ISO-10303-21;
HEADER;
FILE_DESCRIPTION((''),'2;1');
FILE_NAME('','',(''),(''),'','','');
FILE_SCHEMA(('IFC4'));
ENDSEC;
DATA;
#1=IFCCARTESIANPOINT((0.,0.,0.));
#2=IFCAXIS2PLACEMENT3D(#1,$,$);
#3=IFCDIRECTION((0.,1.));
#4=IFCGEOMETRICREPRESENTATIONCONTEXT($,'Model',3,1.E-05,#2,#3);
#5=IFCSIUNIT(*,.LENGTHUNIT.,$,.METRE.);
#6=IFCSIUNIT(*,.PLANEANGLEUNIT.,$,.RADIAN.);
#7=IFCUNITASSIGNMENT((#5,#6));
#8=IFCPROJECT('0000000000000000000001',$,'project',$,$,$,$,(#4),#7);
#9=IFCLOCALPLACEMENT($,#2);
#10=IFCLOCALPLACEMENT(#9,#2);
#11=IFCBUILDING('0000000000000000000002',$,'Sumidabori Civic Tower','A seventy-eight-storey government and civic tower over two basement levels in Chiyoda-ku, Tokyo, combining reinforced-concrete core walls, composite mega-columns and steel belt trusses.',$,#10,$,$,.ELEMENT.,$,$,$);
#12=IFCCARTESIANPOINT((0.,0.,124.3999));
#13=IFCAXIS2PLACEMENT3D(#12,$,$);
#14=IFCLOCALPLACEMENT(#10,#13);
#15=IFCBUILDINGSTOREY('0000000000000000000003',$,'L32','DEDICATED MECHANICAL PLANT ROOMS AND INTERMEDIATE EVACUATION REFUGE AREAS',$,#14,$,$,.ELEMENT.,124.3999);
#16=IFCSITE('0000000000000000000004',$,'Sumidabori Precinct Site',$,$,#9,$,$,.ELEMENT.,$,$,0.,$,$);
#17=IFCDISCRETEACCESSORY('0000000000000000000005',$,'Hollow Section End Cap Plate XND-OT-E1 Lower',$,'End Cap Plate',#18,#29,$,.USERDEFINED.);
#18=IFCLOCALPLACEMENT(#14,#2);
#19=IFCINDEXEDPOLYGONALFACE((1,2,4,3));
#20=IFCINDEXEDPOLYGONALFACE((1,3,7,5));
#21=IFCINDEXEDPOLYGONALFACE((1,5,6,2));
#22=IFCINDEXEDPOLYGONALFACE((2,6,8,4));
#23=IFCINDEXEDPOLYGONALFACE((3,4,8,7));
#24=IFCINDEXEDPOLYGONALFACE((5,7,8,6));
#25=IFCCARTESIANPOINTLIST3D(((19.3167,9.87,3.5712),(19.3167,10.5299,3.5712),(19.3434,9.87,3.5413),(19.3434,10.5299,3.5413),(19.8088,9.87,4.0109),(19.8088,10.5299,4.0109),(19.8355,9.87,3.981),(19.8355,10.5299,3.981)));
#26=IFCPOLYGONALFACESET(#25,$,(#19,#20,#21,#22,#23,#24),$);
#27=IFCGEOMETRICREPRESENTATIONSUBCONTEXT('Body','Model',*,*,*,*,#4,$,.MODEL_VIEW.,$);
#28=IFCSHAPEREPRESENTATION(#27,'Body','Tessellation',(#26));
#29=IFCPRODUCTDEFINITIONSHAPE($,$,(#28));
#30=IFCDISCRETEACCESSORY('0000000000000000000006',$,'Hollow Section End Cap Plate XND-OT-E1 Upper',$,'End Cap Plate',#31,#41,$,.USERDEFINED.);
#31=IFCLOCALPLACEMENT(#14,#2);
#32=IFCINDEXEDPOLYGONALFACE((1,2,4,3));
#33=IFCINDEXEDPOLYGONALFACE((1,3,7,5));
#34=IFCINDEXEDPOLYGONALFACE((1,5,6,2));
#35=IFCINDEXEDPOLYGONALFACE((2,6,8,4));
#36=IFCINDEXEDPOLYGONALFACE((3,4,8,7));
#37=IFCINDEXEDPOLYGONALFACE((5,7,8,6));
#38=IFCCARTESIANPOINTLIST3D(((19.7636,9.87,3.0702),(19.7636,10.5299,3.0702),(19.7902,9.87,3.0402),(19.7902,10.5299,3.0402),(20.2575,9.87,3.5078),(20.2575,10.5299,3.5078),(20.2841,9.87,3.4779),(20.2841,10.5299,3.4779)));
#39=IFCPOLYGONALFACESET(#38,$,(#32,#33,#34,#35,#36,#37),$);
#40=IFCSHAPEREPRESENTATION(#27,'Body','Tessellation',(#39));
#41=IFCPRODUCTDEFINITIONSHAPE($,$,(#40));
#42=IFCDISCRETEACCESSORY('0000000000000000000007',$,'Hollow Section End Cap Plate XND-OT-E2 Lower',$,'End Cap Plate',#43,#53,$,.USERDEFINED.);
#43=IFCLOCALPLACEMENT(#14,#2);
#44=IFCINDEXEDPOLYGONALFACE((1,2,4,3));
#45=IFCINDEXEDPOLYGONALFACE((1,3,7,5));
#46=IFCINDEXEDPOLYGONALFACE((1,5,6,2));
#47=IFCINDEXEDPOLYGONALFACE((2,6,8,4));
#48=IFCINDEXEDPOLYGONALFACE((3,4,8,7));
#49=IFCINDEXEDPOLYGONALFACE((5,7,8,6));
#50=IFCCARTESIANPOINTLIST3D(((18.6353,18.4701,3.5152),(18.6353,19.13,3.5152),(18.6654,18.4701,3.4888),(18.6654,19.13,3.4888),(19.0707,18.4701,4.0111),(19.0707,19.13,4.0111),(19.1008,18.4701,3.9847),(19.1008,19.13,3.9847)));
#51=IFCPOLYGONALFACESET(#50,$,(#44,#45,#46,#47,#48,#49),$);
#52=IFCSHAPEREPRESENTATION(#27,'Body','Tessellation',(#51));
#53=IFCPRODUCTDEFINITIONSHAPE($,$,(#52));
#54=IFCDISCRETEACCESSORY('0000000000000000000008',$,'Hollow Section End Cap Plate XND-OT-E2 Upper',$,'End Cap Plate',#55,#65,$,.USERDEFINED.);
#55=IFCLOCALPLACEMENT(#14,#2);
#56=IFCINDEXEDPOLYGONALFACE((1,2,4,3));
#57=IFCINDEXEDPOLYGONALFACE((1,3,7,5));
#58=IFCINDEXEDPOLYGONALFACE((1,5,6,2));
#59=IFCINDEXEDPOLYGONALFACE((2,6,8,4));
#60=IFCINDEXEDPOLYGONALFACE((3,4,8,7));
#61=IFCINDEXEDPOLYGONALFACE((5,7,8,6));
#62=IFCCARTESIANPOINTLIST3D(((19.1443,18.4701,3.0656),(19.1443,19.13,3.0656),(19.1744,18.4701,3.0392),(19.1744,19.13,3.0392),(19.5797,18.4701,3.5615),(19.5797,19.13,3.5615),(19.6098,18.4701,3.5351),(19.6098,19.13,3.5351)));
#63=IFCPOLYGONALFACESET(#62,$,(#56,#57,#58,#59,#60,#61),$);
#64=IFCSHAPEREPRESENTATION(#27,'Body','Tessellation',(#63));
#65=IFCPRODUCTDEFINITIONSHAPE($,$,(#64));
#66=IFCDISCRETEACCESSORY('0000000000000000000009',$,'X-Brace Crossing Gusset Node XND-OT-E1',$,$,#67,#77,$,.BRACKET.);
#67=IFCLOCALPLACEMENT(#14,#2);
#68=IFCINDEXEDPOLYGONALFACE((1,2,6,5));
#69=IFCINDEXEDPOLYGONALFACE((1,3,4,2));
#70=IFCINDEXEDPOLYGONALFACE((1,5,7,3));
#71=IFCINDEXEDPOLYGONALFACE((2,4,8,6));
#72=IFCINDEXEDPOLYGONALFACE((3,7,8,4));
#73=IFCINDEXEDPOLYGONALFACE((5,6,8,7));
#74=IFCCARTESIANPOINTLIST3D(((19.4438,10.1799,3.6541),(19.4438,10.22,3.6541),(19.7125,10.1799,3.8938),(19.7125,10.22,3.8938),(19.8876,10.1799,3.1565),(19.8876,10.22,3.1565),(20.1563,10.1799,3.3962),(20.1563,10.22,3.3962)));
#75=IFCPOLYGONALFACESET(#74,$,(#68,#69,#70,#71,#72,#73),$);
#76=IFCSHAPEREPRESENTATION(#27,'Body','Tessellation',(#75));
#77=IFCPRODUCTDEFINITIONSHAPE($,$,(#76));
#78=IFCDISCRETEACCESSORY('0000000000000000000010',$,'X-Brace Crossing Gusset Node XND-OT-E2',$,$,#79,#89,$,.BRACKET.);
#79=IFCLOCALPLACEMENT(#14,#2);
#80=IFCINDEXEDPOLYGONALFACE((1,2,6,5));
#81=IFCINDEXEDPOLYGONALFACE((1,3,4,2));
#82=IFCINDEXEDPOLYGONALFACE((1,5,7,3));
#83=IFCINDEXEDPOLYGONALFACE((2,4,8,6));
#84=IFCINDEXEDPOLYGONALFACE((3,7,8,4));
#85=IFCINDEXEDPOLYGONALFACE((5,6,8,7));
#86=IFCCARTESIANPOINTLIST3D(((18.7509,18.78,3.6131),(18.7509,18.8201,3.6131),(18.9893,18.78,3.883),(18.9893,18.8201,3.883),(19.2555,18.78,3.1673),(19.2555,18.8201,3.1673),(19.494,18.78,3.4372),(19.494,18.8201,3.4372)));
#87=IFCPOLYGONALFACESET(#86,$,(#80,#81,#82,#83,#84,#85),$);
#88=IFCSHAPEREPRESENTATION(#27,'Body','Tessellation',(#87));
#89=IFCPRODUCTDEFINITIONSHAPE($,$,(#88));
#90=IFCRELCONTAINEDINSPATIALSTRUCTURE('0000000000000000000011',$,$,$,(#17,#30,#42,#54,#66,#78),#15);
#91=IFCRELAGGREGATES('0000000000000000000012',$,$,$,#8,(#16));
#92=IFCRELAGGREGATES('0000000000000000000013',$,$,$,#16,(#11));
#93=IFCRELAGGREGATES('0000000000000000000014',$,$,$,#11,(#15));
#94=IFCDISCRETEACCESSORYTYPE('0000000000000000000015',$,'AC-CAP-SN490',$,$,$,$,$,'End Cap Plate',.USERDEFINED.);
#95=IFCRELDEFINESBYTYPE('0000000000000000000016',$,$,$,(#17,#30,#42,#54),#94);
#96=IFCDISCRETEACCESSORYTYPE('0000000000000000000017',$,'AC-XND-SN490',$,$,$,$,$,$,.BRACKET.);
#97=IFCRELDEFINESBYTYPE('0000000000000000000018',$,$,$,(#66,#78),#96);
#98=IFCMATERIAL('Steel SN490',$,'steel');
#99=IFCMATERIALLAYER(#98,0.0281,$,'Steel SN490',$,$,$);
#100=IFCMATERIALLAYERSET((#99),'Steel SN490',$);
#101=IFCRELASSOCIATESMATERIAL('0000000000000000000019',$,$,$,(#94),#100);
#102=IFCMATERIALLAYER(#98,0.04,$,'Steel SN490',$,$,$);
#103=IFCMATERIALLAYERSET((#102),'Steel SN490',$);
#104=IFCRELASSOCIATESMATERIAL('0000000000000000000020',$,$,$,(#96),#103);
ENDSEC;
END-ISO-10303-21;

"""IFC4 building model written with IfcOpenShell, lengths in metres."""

from ifc_helpers import new_model, si_unit, direction, frame, origin, origin_2d, place, context, subcontext, project, spatial, rectangle, extrude, source, transform, mapped, material, layer, layer_set, type_object, element, save


model = new_model("IFC4")

# Units and contexts
model_context = context("Model", 3, precision=1e-05, world=origin(), true_north=direction((0.0, 1.0)))
body_context = subcontext(model_context, "Body", "Model", "MODEL_VIEW")
ifc_project = project(units=[si_unit("LENGTHUNIT", "METRE"), si_unit("PLANEANGLEUNIT", "RADIAN")], contexts=[model_context])

# Site, building, storey
site_placement = place(None, origin())
site = spatial("IfcSite", under=ifc_project, at=site_placement, Name="Sumidabori Precinct Site", CompositionType="ELEMENT", RefElevation=0.0)
building_placement = place(site_placement, origin())
building = spatial("IfcBuilding", under=site, at=building_placement, Name="Sumidabori Civic Tower", Description="A seventy-eight-storey government and civic tower over two basement levels in Chiyoda-ku, Tokyo, combining reinforced-concrete core walls, composite mega-columns and steel belt trusses.", CompositionType="ELEMENT")
storey_placement = place(building_placement, frame((0.0, 0.0, 124.3999)))
storey = spatial("IfcBuildingStorey", under=building, at=storey_placement, Name="L32", Description="DEDICATED MECHANICAL PLANT ROOMS AND INTERMEDIATE EVACUATION REFUGE AREAS", CompositionType="ELEMENT", Elevation=124.3999)

# Shared definitions
ifc_material_1 = material(Name="Steel SN490", Category="steel")

# Discrete accessories
ifc_layer_1 = layer(ifc_material_1, 0.0281, Name="Steel SN490")
ifc_layer_set_1 = layer_set([ifc_layer_1], Name="Steel SN490")
discrete_accessory_type_1 = type_object("IfcDiscreteAccessoryType", Name="AC-CAP-SN490", ElementType="End Cap Plate", PredefinedType="USERDEFINED", material=ifc_layer_set_1)
shared_shape_1 = source(origin(), body_context, "Body", "SweptSolid", [
    extrude(rectangle(XDim=0.6599, YDim=0.6599, at=origin_2d()), origin(), (0.0, 0.0, 1.0), 0.04),
])
for number, where, z_axis, x_axis, name in (
    (1, (19.5627, 10.2, 3.791), (0.666259, 0.0, -0.745721), (0.0, 1.0, 0.0), "Hollow Section End Cap Plate XND-OT-E1 Lower"),
    (2, (20.0371, 10.2, 3.259), (-0.66323, 0.0, 0.748416), (0.0, -1.0, 0.0), "Hollow Section End Cap Plate XND-OT-E1 Upper"),
    (3, (18.853, 18.8, 3.7632), (0.75144, 0.0, -0.659801), (0.0, 1.0, 0.0), "Hollow Section End Cap Plate XND-OT-E2 Lower"),
    (4, (19.3921, 18.8, 3.2871), (-0.75144, 0.0, 0.659801), (0.0, -1.0, 0.0), "Hollow Section End Cap Plate XND-OT-E2 Upper"),
):
    element("IfcDiscreteAccessory", number, at=place(storey_placement, frame(where, z_axis=z_axis, x_axis=x_axis)), inside=storey, type_object=discrete_accessory_type_1, Name=name, ObjectType="End Cap Plate", PredefinedType="USERDEFINED", context=body_context, shape_type="MappedRepresentation", body=[
        mapped(shared_shape_1, transform((0.0, 0.0, 0.0), x_axis=(1.0, 0.0, 0.0), y_axis=(0.0, 1.0, 0.0), z_axis=(0.0, 0.0, 1.0), scale=1.0)),
    ])
ifc_layer_2 = layer(ifc_material_1, 0.04, Name="Steel SN490")
ifc_layer_set_2 = layer_set([ifc_layer_2], Name="Steel SN490")
discrete_accessory_type_2 = type_object("IfcDiscreteAccessoryType", Name="AC-XND-SN490", PredefinedType="BRACKET", material=ifc_layer_set_2)
shared_shape_2 = source(origin(), body_context, "Body", "SweptSolid", [
    extrude(rectangle(XDim=0.04, YDim=0.3601, at=origin_2d()), origin(), (0.0, 0.0, 1.0), 0.6667),
])
discrete_accessory_1_placement = place(storey_placement, frame((19.5781, 10.2, 3.7739), z_axis=(0.665681, 0.0, -0.746236), x_axis=(0.0, 1.0, 0.0)))
element("IfcDiscreteAccessory", 5, at=discrete_accessory_1_placement, inside=storey, type_object=discrete_accessory_type_2, Name="X-Brace Crossing Gusset Node XND-OT-E1", PredefinedType="BRACKET", context=body_context, shape_type="MappedRepresentation", body=[
    mapped(shared_shape_2, transform((0.0, 0.0, 0.0), x_axis=(1.0, 0.0, 0.0), y_axis=(0.0, 1.0, 0.0), z_axis=(0.0, 0.0, 1.0), scale=1.0)),
])
shared_shape_3 = source(origin(), body_context, "Body", "SweptSolid", [
    extrude(rectangle(XDim=0.04, YDim=0.3601, at=origin_2d()), origin(), (0.0, 0.0, 1.0), 0.6733),
])
discrete_accessory_2_placement = place(storey_placement, frame((18.8701, 18.8, 3.748), z_axis=(0.749446, 0.0, -0.662065), x_axis=(0.0, 1.0, 0.0)))
element("IfcDiscreteAccessory", 6, at=discrete_accessory_2_placement, inside=storey, type_object=discrete_accessory_type_2, Name="X-Brace Crossing Gusset Node XND-OT-E2", PredefinedType="BRACKET", context=body_context, shape_type="MappedRepresentation", body=[
    mapped(shared_shape_3, transform((0.0, 0.0, 0.0), x_axis=(1.0, 0.0, 0.0), y_axis=(0.0, 1.0, 0.0), z_axis=(0.0, 0.0, 1.0), scale=1.0)),
])

save(model, "model.ifc")
